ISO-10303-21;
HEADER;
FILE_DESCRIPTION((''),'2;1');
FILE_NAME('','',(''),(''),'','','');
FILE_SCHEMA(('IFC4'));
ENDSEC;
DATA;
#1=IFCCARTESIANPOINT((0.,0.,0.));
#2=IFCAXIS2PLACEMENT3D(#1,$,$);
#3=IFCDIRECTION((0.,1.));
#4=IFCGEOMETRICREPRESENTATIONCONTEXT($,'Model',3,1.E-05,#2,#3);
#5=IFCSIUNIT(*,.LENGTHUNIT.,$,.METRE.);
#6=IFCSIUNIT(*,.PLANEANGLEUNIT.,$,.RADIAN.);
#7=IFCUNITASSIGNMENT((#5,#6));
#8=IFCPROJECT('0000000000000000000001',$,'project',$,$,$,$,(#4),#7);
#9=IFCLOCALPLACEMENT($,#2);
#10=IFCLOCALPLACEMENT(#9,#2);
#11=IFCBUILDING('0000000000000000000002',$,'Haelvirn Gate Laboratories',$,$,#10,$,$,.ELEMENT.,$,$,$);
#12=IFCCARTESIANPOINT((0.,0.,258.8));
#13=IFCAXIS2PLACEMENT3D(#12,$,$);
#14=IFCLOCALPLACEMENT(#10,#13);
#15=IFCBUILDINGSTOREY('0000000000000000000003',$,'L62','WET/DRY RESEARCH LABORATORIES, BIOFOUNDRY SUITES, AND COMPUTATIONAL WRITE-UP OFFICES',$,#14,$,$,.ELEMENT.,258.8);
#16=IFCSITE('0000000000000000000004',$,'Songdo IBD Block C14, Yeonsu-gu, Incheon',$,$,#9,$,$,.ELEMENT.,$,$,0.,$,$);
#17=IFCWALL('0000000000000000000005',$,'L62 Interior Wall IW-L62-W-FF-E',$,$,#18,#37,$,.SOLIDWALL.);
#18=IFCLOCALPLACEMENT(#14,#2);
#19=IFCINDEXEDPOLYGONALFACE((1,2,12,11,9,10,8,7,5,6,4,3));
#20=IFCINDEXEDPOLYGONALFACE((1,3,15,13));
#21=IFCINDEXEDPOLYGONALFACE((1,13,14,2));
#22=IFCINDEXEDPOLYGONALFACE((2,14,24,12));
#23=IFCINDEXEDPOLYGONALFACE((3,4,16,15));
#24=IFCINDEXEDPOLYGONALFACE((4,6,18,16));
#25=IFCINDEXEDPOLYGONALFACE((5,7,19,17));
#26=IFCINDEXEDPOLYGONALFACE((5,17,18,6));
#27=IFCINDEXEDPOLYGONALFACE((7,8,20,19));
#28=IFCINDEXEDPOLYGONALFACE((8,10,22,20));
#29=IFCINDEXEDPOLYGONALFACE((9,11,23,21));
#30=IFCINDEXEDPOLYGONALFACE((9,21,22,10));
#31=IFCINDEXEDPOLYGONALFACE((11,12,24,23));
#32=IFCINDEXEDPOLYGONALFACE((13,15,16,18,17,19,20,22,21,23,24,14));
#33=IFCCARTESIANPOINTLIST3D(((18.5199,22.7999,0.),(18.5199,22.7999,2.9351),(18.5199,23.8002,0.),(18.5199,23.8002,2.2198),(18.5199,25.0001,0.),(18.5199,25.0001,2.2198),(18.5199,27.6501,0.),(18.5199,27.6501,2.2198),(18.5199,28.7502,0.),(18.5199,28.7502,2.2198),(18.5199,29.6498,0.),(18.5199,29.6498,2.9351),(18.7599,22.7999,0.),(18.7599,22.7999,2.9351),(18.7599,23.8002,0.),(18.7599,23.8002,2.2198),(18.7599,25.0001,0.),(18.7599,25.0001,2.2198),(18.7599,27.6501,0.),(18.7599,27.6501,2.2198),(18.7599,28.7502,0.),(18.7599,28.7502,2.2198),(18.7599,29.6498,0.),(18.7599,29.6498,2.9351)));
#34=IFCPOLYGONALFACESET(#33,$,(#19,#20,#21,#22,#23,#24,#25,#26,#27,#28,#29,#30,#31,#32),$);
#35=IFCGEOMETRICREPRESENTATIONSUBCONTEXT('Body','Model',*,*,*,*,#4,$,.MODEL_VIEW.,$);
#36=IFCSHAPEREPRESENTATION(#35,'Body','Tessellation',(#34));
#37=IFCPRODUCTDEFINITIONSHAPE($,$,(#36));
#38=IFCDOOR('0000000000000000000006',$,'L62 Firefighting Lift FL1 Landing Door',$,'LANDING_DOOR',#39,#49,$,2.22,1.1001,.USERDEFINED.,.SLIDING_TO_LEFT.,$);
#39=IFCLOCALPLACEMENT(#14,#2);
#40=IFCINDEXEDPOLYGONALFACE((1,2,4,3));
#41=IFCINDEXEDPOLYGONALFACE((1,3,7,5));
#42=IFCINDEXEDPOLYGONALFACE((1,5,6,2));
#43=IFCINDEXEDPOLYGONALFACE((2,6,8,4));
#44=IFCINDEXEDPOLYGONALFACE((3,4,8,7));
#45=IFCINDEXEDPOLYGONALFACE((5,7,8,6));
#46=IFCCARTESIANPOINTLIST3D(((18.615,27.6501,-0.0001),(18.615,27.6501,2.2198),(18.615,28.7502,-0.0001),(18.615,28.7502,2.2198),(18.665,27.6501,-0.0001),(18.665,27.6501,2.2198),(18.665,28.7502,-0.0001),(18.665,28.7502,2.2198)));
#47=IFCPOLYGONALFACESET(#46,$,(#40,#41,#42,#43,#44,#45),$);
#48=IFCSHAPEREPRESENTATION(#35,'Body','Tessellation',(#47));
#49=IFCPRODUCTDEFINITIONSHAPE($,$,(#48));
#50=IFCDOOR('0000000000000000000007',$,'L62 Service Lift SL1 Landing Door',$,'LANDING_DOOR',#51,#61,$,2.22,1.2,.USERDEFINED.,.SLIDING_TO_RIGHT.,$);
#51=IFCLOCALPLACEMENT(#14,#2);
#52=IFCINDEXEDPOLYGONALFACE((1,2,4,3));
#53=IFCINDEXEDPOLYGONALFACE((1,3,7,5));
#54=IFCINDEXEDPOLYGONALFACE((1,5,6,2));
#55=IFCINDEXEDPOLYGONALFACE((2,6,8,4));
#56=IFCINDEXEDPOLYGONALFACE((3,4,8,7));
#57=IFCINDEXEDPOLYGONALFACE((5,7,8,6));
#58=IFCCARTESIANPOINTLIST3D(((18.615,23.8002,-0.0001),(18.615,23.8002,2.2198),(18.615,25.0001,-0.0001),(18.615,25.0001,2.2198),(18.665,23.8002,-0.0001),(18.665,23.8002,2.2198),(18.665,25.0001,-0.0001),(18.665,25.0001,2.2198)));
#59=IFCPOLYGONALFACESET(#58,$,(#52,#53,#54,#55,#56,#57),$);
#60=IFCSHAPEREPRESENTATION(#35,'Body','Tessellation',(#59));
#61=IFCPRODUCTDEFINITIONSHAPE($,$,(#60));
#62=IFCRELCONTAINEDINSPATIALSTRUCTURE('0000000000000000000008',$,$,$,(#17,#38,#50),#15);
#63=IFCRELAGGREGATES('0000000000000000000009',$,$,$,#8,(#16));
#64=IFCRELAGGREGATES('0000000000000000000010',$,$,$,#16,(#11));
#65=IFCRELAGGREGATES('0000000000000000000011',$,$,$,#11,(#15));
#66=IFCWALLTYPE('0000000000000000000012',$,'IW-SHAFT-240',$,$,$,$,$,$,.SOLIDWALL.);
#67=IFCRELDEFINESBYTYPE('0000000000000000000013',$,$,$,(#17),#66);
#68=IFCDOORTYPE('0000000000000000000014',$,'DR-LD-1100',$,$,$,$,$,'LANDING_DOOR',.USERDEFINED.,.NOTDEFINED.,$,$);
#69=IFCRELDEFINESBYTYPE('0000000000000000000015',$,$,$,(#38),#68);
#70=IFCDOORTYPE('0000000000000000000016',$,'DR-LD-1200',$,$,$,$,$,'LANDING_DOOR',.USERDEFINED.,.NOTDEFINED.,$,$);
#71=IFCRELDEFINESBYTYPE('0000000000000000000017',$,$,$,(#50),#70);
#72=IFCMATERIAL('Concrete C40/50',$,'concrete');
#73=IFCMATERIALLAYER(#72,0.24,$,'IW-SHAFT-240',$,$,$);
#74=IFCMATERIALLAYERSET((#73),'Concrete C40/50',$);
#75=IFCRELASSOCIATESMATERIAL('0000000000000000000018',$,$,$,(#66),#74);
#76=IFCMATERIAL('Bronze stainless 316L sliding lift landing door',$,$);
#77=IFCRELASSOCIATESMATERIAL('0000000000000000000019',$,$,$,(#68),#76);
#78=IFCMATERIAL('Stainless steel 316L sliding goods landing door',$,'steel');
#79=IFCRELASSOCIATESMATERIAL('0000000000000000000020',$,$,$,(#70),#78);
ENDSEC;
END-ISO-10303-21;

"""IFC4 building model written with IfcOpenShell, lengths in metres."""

from ifc_helpers import new_model, si_unit, direction, frame, frame_2d, origin, place, context, subcontext, project, spatial, rectangle, extrude, source, transform, mapped, material, layer, layer_set, type_object, type_shapes, element, fill, save


model = new_model("IFC4")

# Units and contexts
model_context = context("Model", 3, precision=1e-05, world=origin(), true_north=direction((0.0, 1.0)))
body_context = subcontext(model_context, "Body", "Model", "MODEL_VIEW")
ifc_project = project(units=[si_unit("LENGTHUNIT", "METRE"), si_unit("PLANEANGLEUNIT", "RADIAN")], contexts=[model_context])

# Site, building, storey
site_placement = place(None, origin())
site = spatial("IfcSite", under=ifc_project, at=site_placement, Name="Songdo IBD Block C14, Yeonsu-gu, Incheon", CompositionType="ELEMENT", RefElevation=0.0)
building_placement = place(site_placement, origin())
building = spatial("IfcBuilding", under=site, at=building_placement, Name="Haelvirn Gate Laboratories", CompositionType="ELEMENT")
storey_placement = place(building_placement, frame((0.0, 0.0, 258.8)))
storey = spatial("IfcBuildingStorey", under=building, at=storey_placement, Name="L62", Description="WET/DRY RESEARCH LABORATORIES, BIOFOUNDRY SUITES, AND COMPUTATIONAL WRITE-UP OFFICES", CompositionType="ELEMENT", Elevation=258.8)

# Shared definitions
ifc_material_1 = material(Name="Concrete C40/50", Category="concrete")

# Wall, openings, doors
ifc_layer_1 = layer(ifc_material_1, 0.24, Name="IW-SHAFT-240")
ifc_layer_set_1 = layer_set([ifc_layer_1], Name="Concrete C40/50")
wall_type_1 = type_object("IfcWallType", Name="IW-SHAFT-240", PredefinedType="SOLIDWALL", material=ifc_layer_set_1)
wall_1_placement = place(storey_placement, frame((18.6399, 22.8, 0.0), z_axis=(0.0, 0.0, 1.0), x_axis=(0.0, 1.0, 0.0)))
wall_1 = element("IfcWall", 1, at=wall_1_placement, inside=storey, type_object=wall_type_1, Name="L62 Interior Wall IW-L62-W-FF-E", PredefinedType="SOLIDWALL", context=body_context, shape_type="SweptSolid", body=[
    extrude(rectangle(XDim=6.8499, YDim=0.24, at=frame_2d((3.4248, 0.0))), origin(), (0.0, 0.0, 1.0), 2.9351),
])
opening_1_placement = place(wall_1_placement, frame((4.8501, 0.0, 0.0)))
opening_1 = element("IfcOpeningElement", 2, at=opening_1_placement, cuts=wall_1, PredefinedType="OPENING", context=body_context, shape_type="SweptSolid", body=[
    extrude(rectangle(XDim=1.1001, YDim=2.22, at=frame_2d((0.55, 1.1099))), frame((0.0, 0.1299, 0.0), z_axis=(0.0, -1.0, 0.0), x_axis=(1.0, 0.0, 0.0)), (0.0, 0.0, 1.0), 0.26),
])
opening_2_placement = place(wall_1_placement, frame((1.0, 0.0, 0.0)))
opening_2 = element("IfcOpeningElement", 3, at=opening_2_placement, cuts=wall_1, PredefinedType="OPENING", context=body_context, shape_type="SweptSolid", body=[
    extrude(rectangle(XDim=1.2, YDim=2.22, at=frame_2d((0.6001, 1.1099))), frame((0.0, 0.1299, 0.0), z_axis=(0.0, -1.0, 0.0), x_axis=(1.0, 0.0, 0.0)), (0.0, 0.0, 1.0), 0.26),
])
ifc_material_2 = material(Name="Bronze stainless 316L sliding lift landing door")
door_type_1 = type_object("IfcDoorType", Name="DR-LD-1100", ElementType="LANDING_DOOR", OperationType="NOTDEFINED", PredefinedType="USERDEFINED", material=ifc_material_2)
shared_shape_1 = source(origin(), body_context, "Body", "SweptSolid", [
    extrude(rectangle(XDim=1.1001, YDim=2.22, at=frame_2d((0.55, 1.1099))), frame((0.0, 0.0249, 0.0), z_axis=(0.0, -1.0, 0.0), x_axis=(1.0, 0.0, 0.0)), (0.0, 0.0, 1.0), 0.05),
])
type_shapes(door_type_1, [shared_shape_1])
door_1_placement = place(opening_1_placement, origin())
door_1 = element("IfcDoor", 4, at=door_1_placement, inside=storey, type_object=door_type_1, Name="L62 Firefighting Lift FL1 Landing Door", ObjectType="LANDING_DOOR", OperationType="SLIDING_TO_LEFT", OverallHeight=2.22, OverallWidth=1.1001, PredefinedType="USERDEFINED", context=body_context, shape_type="MappedRepresentation", body=[
    mapped(shared_shape_1, transform((0.0, 0.0, 0.0), scale=1.0)),
])
fill(opening_1, door_1)
ifc_material_3 = material(Name="Stainless steel 316L sliding goods landing door", Category="steel")
door_type_2 = type_object("IfcDoorType", Name="DR-LD-1200", ElementType="LANDING_DOOR", OperationType="NOTDEFINED", PredefinedType="USERDEFINED", material=ifc_material_3)
shared_shape_2 = source(origin(), body_context, "Body", "SweptSolid", [
    extrude(rectangle(XDim=1.2, YDim=2.22, at=frame_2d((0.6001, 1.1099))), frame((0.0, 0.0249, 0.0), z_axis=(0.0, -1.0, 0.0), x_axis=(1.0, 0.0, 0.0)), (0.0, 0.0, 1.0), 0.05),
])
type_shapes(door_type_2, [shared_shape_2])
door_2_placement = place(opening_2_placement, origin())
door_2 = element("IfcDoor", 5, at=door_2_placement, inside=storey, type_object=door_type_2, Name="L62 Service Lift SL1 Landing Door", ObjectType="LANDING_DOOR", OperationType="SLIDING_TO_RIGHT", OverallHeight=2.22, OverallWidth=1.2, PredefinedType="USERDEFINED", context=body_context, shape_type="MappedRepresentation", body=[
    mapped(shared_shape_2, transform((0.0, 0.0, 0.0), scale=1.0)),
])
fill(opening_2, door_2)

save(model, "model.ifc")
